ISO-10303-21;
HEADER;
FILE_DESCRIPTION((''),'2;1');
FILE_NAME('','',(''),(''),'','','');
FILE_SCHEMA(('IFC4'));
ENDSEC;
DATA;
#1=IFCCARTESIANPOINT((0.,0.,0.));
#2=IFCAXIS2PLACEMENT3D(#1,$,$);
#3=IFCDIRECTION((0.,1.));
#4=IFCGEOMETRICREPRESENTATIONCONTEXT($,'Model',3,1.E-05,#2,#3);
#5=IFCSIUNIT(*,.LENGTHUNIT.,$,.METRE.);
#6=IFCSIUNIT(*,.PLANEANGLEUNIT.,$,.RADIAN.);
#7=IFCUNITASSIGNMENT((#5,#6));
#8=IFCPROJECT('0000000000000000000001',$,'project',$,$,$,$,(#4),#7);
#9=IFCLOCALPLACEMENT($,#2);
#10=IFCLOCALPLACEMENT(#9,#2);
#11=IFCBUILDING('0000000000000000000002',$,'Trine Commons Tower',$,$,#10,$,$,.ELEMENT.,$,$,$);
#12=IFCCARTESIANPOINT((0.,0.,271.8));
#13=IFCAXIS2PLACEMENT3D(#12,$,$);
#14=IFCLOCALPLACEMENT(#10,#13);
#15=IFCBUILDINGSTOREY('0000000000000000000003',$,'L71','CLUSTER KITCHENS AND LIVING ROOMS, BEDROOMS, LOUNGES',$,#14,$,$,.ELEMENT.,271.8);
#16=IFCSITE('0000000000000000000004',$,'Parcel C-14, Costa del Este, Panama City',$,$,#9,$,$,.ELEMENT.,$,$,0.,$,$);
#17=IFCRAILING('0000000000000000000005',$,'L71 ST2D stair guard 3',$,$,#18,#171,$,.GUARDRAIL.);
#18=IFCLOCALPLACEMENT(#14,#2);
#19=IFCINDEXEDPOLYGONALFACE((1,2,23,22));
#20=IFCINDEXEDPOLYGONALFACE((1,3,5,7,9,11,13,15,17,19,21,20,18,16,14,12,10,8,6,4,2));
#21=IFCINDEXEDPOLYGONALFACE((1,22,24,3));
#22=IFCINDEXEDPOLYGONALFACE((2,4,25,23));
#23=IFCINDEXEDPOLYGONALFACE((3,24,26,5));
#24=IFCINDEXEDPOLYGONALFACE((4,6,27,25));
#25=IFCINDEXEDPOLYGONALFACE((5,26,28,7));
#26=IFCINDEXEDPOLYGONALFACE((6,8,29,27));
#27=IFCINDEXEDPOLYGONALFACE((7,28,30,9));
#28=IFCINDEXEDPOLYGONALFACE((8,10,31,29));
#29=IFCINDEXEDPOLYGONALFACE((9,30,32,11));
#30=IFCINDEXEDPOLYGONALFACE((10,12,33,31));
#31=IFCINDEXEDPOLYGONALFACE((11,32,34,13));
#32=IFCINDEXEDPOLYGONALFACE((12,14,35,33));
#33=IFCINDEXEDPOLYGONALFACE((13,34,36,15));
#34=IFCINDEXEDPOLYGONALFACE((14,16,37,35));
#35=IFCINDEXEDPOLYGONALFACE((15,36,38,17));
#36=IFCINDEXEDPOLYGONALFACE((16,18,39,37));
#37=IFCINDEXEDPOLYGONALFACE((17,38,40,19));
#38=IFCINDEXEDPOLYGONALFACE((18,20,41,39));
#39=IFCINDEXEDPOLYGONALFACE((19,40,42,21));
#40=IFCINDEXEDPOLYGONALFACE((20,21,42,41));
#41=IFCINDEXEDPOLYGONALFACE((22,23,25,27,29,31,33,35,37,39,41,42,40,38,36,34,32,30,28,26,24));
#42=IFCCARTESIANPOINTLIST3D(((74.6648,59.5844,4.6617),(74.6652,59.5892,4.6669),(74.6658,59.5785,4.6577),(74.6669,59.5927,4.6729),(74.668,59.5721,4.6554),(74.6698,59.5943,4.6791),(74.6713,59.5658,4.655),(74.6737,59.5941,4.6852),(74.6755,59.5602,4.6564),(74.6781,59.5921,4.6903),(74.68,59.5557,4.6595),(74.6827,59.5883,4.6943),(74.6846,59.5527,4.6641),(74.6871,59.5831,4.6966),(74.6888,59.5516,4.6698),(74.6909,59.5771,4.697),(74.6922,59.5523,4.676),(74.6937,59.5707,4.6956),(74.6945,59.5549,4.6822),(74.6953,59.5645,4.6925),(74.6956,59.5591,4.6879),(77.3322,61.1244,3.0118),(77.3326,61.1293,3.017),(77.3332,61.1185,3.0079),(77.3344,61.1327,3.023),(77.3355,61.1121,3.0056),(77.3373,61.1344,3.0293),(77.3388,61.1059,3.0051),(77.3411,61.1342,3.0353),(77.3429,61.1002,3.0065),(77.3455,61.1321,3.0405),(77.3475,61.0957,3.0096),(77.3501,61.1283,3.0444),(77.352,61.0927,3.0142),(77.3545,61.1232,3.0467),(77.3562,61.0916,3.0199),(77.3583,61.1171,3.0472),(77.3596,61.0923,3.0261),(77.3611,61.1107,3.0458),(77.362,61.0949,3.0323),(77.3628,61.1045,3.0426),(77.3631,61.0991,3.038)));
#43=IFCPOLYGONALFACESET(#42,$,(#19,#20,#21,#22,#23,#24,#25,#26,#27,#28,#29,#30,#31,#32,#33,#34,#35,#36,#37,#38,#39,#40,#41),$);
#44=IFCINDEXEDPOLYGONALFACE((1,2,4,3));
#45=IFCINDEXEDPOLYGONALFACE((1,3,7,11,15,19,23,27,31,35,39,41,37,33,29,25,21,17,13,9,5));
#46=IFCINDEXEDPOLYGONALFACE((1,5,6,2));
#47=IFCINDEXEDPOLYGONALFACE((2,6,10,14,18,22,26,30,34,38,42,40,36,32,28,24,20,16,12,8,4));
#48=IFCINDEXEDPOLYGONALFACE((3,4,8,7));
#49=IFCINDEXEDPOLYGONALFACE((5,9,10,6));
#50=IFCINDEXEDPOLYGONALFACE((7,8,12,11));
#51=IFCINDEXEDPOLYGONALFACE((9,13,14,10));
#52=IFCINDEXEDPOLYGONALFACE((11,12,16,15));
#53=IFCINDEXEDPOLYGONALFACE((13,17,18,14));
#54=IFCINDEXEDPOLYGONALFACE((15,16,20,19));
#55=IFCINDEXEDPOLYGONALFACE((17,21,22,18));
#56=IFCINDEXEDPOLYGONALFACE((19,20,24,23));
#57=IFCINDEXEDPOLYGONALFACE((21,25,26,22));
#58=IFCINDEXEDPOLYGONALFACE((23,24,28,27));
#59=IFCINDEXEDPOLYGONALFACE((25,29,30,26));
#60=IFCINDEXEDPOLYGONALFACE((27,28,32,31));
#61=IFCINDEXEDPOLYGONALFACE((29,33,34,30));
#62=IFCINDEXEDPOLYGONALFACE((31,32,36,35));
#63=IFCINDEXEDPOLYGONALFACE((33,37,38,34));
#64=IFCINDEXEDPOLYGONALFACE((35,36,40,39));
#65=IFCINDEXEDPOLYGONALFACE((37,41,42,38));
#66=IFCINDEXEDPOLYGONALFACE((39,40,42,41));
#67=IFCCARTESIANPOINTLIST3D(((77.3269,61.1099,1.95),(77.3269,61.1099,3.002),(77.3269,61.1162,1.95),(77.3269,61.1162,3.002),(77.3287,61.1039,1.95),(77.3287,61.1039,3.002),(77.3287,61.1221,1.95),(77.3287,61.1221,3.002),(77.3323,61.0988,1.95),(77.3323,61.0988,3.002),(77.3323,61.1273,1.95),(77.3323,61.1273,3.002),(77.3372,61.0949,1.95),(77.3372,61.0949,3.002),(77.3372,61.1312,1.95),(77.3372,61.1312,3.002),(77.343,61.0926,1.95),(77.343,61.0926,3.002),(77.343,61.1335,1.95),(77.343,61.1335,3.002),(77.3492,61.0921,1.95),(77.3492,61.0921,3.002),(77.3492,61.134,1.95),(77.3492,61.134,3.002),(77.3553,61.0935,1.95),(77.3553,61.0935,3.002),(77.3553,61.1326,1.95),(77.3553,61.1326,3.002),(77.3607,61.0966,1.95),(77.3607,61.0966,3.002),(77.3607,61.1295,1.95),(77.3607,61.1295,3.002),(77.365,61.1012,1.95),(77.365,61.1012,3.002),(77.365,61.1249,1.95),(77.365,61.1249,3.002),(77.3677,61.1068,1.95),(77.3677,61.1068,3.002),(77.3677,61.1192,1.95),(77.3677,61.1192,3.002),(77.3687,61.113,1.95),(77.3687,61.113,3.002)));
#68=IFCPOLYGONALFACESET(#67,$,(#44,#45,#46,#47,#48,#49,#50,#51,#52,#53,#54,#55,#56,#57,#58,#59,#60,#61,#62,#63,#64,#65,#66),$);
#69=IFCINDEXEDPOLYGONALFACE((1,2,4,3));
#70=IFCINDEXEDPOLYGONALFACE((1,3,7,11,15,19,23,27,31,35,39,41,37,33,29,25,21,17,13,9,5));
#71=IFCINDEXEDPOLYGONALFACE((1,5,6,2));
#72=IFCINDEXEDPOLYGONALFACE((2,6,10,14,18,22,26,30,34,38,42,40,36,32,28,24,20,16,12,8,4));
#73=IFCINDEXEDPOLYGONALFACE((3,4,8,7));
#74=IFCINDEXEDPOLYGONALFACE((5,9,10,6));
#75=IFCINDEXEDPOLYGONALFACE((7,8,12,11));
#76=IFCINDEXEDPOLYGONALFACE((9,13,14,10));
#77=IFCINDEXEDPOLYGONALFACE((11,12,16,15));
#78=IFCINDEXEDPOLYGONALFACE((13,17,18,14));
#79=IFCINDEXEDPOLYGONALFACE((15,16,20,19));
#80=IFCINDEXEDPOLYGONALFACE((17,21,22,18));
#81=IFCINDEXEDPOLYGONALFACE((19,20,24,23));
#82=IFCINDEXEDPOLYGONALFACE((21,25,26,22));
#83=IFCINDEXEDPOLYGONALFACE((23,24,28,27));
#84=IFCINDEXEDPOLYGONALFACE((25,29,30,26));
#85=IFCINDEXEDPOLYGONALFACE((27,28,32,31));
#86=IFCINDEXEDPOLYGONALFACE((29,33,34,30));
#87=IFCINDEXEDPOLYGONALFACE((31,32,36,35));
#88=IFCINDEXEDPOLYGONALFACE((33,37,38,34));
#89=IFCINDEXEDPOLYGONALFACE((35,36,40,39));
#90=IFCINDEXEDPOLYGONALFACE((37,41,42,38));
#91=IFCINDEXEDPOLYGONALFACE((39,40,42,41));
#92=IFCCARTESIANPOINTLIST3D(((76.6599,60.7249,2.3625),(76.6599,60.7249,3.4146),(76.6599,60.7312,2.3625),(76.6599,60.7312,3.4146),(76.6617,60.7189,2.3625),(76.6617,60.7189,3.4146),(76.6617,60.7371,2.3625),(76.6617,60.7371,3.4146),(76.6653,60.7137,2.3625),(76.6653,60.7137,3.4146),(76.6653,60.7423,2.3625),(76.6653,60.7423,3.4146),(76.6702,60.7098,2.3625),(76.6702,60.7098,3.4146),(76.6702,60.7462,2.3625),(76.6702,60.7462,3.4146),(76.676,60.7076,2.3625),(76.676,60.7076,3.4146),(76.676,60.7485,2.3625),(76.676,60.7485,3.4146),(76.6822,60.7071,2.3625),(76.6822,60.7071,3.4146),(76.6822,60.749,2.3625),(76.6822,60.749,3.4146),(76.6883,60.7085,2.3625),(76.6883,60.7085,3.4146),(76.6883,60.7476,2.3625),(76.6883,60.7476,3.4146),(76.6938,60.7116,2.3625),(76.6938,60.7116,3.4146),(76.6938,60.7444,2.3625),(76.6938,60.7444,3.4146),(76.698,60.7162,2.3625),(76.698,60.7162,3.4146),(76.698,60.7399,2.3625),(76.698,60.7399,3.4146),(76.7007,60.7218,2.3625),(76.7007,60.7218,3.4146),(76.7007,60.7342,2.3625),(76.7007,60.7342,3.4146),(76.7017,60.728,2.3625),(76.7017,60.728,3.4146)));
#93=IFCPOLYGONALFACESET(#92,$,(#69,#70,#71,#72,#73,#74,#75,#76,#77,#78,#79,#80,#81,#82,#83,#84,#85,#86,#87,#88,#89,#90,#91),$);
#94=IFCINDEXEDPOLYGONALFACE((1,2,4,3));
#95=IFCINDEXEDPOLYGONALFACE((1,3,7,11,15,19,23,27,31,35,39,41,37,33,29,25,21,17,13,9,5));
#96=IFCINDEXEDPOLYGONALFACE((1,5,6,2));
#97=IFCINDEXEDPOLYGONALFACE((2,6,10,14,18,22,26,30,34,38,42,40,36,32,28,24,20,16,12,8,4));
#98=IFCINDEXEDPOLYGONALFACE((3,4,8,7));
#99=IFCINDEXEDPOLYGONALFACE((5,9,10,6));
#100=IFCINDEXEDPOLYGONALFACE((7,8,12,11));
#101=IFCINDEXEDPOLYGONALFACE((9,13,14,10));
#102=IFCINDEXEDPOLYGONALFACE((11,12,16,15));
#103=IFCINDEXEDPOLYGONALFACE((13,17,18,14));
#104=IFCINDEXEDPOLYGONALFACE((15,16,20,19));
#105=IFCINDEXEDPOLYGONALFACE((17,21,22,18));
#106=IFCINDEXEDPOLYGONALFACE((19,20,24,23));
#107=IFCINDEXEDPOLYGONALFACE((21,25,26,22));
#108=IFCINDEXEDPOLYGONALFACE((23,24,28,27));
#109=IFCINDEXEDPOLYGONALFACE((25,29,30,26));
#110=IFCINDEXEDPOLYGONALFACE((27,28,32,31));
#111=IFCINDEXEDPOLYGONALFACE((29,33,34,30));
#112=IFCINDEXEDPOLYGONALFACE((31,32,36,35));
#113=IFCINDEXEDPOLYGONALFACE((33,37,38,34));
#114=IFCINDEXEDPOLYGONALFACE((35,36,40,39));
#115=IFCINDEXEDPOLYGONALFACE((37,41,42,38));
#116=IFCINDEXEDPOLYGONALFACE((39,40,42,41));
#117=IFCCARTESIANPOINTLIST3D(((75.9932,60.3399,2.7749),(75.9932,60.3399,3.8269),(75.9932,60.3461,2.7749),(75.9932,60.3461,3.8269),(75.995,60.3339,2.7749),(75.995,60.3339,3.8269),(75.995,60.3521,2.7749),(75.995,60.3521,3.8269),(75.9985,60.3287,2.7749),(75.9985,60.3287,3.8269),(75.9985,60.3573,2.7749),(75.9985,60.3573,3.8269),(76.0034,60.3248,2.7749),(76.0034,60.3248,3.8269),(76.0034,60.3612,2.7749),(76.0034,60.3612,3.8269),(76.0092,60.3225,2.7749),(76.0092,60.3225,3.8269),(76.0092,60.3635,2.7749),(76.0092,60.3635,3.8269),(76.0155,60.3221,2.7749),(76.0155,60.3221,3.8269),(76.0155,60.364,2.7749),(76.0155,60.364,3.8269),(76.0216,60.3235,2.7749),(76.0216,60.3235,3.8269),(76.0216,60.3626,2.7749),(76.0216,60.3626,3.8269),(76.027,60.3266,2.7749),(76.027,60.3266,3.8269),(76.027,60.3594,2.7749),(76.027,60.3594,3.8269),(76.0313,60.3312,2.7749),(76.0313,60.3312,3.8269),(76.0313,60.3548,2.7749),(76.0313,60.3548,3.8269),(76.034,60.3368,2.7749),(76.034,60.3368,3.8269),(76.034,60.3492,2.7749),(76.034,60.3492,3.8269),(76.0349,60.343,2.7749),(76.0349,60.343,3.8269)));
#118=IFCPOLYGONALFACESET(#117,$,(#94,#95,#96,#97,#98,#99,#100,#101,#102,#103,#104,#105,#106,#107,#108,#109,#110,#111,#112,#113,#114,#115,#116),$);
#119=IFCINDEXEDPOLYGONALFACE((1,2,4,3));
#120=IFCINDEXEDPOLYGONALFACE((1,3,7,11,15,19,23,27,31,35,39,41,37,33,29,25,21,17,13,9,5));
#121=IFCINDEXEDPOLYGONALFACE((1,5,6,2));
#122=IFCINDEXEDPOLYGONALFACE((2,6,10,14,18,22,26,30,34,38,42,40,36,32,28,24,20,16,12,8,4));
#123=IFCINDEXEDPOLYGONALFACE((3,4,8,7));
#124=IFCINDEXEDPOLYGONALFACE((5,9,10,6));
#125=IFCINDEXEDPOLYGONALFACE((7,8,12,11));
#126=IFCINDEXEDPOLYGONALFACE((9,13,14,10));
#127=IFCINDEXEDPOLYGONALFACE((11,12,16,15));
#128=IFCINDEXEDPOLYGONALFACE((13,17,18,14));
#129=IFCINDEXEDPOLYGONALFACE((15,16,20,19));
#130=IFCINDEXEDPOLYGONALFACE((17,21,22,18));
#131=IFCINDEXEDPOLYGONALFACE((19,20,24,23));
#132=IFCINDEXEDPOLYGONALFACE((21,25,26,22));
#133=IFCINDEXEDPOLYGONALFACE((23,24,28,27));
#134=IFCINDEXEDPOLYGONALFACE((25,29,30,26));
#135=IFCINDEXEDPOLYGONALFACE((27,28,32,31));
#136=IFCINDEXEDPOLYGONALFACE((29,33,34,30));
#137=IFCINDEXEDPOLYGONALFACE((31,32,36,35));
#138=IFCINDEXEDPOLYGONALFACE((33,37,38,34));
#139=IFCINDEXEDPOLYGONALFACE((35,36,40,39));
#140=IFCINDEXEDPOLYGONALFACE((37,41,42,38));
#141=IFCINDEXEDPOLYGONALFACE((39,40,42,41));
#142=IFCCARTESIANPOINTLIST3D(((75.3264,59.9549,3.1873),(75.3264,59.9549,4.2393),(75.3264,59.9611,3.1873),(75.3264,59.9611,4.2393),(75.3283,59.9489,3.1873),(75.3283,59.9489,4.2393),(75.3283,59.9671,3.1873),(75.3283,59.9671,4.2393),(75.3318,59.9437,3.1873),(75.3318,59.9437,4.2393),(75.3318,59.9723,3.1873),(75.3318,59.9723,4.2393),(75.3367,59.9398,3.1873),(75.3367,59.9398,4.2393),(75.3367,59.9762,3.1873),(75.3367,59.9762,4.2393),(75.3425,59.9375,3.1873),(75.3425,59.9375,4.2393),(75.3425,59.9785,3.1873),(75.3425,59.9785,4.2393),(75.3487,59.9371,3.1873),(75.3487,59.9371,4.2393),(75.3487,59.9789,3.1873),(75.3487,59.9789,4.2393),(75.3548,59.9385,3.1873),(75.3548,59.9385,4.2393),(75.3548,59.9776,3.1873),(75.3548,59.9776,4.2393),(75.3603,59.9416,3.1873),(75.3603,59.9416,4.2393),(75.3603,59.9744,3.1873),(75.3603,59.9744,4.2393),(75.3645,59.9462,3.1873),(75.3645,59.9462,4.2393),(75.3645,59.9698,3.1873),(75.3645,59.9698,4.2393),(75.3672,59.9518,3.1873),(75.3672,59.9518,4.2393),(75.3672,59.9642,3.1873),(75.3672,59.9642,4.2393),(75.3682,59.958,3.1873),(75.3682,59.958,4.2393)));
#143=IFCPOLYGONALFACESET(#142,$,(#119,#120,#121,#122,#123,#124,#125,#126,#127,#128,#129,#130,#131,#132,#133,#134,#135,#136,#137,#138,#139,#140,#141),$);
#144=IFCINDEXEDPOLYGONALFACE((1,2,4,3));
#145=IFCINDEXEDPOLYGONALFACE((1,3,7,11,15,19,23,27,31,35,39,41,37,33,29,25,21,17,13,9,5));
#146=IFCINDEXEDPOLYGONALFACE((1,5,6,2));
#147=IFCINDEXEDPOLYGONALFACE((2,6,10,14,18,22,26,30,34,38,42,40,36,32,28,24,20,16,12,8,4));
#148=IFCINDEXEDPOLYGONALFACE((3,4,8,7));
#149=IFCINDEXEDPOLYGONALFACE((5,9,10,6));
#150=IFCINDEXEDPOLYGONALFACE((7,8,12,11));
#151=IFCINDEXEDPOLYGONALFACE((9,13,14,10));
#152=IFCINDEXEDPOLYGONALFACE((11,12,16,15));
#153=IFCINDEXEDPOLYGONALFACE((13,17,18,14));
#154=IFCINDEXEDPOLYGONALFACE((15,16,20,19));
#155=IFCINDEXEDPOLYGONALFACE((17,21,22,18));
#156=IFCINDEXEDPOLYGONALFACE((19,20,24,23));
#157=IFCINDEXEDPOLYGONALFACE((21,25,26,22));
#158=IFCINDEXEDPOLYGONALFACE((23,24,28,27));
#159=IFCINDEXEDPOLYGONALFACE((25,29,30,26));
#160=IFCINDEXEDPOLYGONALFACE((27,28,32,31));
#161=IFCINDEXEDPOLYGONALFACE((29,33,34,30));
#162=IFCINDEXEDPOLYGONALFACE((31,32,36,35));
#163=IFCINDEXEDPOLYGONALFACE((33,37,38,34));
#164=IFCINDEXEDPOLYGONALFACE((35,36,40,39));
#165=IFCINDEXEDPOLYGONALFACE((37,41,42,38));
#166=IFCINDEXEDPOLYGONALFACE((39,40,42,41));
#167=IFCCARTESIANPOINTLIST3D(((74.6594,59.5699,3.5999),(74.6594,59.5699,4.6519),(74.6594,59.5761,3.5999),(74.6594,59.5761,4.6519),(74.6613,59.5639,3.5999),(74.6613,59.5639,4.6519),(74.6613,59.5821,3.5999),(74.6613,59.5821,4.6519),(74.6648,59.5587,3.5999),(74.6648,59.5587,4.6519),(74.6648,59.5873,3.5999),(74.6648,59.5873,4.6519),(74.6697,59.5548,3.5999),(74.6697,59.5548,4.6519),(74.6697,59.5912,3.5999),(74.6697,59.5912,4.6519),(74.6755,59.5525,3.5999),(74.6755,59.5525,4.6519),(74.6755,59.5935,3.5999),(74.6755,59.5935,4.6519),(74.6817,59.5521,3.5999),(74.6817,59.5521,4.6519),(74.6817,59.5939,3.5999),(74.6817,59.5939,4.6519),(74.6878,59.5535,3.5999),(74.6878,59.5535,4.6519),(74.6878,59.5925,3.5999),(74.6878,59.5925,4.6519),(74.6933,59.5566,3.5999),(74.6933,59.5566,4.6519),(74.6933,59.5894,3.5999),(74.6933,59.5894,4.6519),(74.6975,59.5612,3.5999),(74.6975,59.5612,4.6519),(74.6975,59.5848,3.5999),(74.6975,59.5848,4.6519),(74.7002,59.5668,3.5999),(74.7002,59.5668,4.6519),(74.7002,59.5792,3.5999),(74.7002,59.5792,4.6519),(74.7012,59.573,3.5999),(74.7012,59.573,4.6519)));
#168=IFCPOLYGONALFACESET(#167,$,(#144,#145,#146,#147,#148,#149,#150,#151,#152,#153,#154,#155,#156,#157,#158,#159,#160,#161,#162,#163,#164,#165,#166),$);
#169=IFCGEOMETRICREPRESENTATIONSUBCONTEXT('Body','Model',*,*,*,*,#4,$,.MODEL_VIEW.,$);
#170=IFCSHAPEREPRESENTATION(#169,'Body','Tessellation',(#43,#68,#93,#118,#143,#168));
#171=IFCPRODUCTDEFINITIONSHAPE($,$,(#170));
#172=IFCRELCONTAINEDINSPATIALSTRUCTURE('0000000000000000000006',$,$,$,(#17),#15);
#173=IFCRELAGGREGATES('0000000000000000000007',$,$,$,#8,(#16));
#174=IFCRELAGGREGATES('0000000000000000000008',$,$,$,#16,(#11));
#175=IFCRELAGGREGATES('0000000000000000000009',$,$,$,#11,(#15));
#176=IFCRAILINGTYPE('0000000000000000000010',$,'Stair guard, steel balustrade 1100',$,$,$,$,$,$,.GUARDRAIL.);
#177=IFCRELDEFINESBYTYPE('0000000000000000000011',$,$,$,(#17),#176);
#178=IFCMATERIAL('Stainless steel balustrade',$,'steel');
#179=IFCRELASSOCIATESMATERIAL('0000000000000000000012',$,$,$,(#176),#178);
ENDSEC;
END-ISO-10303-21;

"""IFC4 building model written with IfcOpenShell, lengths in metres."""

from ifc_helpers import new_model, si_unit, direction, frame, origin, origin_2d, place, context, subcontext, project, spatial, circle, extrude, material, type_object, element, save


model = new_model("IFC4")

# Units and contexts
model_context = context("Model", 3, precision=1e-05, world=origin(), true_north=direction((0.0, 1.0)))
body_context = subcontext(model_context, "Body", "Model", "MODEL_VIEW")
ifc_project = project(units=[si_unit("LENGTHUNIT", "METRE"), si_unit("PLANEANGLEUNIT", "RADIAN")], contexts=[model_context])

# Site, building, storey
site_placement = place(None, origin())
site = spatial("IfcSite", under=ifc_project, at=site_placement, Name="Parcel C-14, Costa del Este, Panama City", CompositionType="ELEMENT", RefElevation=0.0)
building_placement = place(site_placement, origin())
building = spatial("IfcBuilding", under=site, at=building_placement, Name="Trine Commons Tower", CompositionType="ELEMENT")
storey_placement = place(building_placement, frame((0.0, 0.0, 271.8)))
storey = spatial("IfcBuildingStorey", under=building, at=storey_placement, Name="L71", Description="CLUSTER KITCHENS AND LIVING ROOMS, BEDROOMS, LOUNGES", CompositionType="ELEMENT", Elevation=271.8)

# Railing
ifc_material_1 = material(Name="Stainless steel balustrade", Category="steel")
railing_type_1 = type_object("IfcRailingType", Name="Stair guard, steel balustrade 1100", PredefinedType="GUARDRAIL", material=ifc_material_1)
railing_1_placement = place(storey_placement, frame((77.3477, 61.113, 1.95)))
element("IfcRailing", 1, at=railing_1_placement, inside=storey, type_object=railing_type_1, Name="L71 ST2D stair guard 3", PredefinedType="GUARDRAIL", context=body_context, shape_type="SweptSolid", body=[
    extrude(circle(Radius=0.0239, at=origin_2d()), frame((0.0, 0.0, 1.0762), z_axis=(-0.763405, -0.440743, 0.472185), x_axis=(0.499992, -0.86603, 0.0)), (0.0, 0.0, 1.0), 3.4941),
    extrude(circle(Radius=0.021, at=origin_2d()), origin(), (0.0, 0.0, 1.0), 1.052),
    extrude(circle(Radius=0.021, at=origin_2d()), frame((-0.667, -0.385, 0.4126)), (0.0, 0.0, 1.0), 1.052),
    extrude(circle(Radius=0.021, at=origin_2d()), frame((-1.3337, -0.77, 0.825)), (0.0, 0.0, 1.0), 1.052),
    extrude(circle(Radius=0.021, at=origin_2d()), frame((-2.0005, -1.155, 1.2373)), (0.0, 0.0, 1.0), 1.052),
    extrude(circle(Radius=0.021, at=origin_2d()), frame((-2.6675, -1.54, 1.6499)), (0.0, 0.0, 1.0), 1.052),
])

save(model, "model.ifc")
